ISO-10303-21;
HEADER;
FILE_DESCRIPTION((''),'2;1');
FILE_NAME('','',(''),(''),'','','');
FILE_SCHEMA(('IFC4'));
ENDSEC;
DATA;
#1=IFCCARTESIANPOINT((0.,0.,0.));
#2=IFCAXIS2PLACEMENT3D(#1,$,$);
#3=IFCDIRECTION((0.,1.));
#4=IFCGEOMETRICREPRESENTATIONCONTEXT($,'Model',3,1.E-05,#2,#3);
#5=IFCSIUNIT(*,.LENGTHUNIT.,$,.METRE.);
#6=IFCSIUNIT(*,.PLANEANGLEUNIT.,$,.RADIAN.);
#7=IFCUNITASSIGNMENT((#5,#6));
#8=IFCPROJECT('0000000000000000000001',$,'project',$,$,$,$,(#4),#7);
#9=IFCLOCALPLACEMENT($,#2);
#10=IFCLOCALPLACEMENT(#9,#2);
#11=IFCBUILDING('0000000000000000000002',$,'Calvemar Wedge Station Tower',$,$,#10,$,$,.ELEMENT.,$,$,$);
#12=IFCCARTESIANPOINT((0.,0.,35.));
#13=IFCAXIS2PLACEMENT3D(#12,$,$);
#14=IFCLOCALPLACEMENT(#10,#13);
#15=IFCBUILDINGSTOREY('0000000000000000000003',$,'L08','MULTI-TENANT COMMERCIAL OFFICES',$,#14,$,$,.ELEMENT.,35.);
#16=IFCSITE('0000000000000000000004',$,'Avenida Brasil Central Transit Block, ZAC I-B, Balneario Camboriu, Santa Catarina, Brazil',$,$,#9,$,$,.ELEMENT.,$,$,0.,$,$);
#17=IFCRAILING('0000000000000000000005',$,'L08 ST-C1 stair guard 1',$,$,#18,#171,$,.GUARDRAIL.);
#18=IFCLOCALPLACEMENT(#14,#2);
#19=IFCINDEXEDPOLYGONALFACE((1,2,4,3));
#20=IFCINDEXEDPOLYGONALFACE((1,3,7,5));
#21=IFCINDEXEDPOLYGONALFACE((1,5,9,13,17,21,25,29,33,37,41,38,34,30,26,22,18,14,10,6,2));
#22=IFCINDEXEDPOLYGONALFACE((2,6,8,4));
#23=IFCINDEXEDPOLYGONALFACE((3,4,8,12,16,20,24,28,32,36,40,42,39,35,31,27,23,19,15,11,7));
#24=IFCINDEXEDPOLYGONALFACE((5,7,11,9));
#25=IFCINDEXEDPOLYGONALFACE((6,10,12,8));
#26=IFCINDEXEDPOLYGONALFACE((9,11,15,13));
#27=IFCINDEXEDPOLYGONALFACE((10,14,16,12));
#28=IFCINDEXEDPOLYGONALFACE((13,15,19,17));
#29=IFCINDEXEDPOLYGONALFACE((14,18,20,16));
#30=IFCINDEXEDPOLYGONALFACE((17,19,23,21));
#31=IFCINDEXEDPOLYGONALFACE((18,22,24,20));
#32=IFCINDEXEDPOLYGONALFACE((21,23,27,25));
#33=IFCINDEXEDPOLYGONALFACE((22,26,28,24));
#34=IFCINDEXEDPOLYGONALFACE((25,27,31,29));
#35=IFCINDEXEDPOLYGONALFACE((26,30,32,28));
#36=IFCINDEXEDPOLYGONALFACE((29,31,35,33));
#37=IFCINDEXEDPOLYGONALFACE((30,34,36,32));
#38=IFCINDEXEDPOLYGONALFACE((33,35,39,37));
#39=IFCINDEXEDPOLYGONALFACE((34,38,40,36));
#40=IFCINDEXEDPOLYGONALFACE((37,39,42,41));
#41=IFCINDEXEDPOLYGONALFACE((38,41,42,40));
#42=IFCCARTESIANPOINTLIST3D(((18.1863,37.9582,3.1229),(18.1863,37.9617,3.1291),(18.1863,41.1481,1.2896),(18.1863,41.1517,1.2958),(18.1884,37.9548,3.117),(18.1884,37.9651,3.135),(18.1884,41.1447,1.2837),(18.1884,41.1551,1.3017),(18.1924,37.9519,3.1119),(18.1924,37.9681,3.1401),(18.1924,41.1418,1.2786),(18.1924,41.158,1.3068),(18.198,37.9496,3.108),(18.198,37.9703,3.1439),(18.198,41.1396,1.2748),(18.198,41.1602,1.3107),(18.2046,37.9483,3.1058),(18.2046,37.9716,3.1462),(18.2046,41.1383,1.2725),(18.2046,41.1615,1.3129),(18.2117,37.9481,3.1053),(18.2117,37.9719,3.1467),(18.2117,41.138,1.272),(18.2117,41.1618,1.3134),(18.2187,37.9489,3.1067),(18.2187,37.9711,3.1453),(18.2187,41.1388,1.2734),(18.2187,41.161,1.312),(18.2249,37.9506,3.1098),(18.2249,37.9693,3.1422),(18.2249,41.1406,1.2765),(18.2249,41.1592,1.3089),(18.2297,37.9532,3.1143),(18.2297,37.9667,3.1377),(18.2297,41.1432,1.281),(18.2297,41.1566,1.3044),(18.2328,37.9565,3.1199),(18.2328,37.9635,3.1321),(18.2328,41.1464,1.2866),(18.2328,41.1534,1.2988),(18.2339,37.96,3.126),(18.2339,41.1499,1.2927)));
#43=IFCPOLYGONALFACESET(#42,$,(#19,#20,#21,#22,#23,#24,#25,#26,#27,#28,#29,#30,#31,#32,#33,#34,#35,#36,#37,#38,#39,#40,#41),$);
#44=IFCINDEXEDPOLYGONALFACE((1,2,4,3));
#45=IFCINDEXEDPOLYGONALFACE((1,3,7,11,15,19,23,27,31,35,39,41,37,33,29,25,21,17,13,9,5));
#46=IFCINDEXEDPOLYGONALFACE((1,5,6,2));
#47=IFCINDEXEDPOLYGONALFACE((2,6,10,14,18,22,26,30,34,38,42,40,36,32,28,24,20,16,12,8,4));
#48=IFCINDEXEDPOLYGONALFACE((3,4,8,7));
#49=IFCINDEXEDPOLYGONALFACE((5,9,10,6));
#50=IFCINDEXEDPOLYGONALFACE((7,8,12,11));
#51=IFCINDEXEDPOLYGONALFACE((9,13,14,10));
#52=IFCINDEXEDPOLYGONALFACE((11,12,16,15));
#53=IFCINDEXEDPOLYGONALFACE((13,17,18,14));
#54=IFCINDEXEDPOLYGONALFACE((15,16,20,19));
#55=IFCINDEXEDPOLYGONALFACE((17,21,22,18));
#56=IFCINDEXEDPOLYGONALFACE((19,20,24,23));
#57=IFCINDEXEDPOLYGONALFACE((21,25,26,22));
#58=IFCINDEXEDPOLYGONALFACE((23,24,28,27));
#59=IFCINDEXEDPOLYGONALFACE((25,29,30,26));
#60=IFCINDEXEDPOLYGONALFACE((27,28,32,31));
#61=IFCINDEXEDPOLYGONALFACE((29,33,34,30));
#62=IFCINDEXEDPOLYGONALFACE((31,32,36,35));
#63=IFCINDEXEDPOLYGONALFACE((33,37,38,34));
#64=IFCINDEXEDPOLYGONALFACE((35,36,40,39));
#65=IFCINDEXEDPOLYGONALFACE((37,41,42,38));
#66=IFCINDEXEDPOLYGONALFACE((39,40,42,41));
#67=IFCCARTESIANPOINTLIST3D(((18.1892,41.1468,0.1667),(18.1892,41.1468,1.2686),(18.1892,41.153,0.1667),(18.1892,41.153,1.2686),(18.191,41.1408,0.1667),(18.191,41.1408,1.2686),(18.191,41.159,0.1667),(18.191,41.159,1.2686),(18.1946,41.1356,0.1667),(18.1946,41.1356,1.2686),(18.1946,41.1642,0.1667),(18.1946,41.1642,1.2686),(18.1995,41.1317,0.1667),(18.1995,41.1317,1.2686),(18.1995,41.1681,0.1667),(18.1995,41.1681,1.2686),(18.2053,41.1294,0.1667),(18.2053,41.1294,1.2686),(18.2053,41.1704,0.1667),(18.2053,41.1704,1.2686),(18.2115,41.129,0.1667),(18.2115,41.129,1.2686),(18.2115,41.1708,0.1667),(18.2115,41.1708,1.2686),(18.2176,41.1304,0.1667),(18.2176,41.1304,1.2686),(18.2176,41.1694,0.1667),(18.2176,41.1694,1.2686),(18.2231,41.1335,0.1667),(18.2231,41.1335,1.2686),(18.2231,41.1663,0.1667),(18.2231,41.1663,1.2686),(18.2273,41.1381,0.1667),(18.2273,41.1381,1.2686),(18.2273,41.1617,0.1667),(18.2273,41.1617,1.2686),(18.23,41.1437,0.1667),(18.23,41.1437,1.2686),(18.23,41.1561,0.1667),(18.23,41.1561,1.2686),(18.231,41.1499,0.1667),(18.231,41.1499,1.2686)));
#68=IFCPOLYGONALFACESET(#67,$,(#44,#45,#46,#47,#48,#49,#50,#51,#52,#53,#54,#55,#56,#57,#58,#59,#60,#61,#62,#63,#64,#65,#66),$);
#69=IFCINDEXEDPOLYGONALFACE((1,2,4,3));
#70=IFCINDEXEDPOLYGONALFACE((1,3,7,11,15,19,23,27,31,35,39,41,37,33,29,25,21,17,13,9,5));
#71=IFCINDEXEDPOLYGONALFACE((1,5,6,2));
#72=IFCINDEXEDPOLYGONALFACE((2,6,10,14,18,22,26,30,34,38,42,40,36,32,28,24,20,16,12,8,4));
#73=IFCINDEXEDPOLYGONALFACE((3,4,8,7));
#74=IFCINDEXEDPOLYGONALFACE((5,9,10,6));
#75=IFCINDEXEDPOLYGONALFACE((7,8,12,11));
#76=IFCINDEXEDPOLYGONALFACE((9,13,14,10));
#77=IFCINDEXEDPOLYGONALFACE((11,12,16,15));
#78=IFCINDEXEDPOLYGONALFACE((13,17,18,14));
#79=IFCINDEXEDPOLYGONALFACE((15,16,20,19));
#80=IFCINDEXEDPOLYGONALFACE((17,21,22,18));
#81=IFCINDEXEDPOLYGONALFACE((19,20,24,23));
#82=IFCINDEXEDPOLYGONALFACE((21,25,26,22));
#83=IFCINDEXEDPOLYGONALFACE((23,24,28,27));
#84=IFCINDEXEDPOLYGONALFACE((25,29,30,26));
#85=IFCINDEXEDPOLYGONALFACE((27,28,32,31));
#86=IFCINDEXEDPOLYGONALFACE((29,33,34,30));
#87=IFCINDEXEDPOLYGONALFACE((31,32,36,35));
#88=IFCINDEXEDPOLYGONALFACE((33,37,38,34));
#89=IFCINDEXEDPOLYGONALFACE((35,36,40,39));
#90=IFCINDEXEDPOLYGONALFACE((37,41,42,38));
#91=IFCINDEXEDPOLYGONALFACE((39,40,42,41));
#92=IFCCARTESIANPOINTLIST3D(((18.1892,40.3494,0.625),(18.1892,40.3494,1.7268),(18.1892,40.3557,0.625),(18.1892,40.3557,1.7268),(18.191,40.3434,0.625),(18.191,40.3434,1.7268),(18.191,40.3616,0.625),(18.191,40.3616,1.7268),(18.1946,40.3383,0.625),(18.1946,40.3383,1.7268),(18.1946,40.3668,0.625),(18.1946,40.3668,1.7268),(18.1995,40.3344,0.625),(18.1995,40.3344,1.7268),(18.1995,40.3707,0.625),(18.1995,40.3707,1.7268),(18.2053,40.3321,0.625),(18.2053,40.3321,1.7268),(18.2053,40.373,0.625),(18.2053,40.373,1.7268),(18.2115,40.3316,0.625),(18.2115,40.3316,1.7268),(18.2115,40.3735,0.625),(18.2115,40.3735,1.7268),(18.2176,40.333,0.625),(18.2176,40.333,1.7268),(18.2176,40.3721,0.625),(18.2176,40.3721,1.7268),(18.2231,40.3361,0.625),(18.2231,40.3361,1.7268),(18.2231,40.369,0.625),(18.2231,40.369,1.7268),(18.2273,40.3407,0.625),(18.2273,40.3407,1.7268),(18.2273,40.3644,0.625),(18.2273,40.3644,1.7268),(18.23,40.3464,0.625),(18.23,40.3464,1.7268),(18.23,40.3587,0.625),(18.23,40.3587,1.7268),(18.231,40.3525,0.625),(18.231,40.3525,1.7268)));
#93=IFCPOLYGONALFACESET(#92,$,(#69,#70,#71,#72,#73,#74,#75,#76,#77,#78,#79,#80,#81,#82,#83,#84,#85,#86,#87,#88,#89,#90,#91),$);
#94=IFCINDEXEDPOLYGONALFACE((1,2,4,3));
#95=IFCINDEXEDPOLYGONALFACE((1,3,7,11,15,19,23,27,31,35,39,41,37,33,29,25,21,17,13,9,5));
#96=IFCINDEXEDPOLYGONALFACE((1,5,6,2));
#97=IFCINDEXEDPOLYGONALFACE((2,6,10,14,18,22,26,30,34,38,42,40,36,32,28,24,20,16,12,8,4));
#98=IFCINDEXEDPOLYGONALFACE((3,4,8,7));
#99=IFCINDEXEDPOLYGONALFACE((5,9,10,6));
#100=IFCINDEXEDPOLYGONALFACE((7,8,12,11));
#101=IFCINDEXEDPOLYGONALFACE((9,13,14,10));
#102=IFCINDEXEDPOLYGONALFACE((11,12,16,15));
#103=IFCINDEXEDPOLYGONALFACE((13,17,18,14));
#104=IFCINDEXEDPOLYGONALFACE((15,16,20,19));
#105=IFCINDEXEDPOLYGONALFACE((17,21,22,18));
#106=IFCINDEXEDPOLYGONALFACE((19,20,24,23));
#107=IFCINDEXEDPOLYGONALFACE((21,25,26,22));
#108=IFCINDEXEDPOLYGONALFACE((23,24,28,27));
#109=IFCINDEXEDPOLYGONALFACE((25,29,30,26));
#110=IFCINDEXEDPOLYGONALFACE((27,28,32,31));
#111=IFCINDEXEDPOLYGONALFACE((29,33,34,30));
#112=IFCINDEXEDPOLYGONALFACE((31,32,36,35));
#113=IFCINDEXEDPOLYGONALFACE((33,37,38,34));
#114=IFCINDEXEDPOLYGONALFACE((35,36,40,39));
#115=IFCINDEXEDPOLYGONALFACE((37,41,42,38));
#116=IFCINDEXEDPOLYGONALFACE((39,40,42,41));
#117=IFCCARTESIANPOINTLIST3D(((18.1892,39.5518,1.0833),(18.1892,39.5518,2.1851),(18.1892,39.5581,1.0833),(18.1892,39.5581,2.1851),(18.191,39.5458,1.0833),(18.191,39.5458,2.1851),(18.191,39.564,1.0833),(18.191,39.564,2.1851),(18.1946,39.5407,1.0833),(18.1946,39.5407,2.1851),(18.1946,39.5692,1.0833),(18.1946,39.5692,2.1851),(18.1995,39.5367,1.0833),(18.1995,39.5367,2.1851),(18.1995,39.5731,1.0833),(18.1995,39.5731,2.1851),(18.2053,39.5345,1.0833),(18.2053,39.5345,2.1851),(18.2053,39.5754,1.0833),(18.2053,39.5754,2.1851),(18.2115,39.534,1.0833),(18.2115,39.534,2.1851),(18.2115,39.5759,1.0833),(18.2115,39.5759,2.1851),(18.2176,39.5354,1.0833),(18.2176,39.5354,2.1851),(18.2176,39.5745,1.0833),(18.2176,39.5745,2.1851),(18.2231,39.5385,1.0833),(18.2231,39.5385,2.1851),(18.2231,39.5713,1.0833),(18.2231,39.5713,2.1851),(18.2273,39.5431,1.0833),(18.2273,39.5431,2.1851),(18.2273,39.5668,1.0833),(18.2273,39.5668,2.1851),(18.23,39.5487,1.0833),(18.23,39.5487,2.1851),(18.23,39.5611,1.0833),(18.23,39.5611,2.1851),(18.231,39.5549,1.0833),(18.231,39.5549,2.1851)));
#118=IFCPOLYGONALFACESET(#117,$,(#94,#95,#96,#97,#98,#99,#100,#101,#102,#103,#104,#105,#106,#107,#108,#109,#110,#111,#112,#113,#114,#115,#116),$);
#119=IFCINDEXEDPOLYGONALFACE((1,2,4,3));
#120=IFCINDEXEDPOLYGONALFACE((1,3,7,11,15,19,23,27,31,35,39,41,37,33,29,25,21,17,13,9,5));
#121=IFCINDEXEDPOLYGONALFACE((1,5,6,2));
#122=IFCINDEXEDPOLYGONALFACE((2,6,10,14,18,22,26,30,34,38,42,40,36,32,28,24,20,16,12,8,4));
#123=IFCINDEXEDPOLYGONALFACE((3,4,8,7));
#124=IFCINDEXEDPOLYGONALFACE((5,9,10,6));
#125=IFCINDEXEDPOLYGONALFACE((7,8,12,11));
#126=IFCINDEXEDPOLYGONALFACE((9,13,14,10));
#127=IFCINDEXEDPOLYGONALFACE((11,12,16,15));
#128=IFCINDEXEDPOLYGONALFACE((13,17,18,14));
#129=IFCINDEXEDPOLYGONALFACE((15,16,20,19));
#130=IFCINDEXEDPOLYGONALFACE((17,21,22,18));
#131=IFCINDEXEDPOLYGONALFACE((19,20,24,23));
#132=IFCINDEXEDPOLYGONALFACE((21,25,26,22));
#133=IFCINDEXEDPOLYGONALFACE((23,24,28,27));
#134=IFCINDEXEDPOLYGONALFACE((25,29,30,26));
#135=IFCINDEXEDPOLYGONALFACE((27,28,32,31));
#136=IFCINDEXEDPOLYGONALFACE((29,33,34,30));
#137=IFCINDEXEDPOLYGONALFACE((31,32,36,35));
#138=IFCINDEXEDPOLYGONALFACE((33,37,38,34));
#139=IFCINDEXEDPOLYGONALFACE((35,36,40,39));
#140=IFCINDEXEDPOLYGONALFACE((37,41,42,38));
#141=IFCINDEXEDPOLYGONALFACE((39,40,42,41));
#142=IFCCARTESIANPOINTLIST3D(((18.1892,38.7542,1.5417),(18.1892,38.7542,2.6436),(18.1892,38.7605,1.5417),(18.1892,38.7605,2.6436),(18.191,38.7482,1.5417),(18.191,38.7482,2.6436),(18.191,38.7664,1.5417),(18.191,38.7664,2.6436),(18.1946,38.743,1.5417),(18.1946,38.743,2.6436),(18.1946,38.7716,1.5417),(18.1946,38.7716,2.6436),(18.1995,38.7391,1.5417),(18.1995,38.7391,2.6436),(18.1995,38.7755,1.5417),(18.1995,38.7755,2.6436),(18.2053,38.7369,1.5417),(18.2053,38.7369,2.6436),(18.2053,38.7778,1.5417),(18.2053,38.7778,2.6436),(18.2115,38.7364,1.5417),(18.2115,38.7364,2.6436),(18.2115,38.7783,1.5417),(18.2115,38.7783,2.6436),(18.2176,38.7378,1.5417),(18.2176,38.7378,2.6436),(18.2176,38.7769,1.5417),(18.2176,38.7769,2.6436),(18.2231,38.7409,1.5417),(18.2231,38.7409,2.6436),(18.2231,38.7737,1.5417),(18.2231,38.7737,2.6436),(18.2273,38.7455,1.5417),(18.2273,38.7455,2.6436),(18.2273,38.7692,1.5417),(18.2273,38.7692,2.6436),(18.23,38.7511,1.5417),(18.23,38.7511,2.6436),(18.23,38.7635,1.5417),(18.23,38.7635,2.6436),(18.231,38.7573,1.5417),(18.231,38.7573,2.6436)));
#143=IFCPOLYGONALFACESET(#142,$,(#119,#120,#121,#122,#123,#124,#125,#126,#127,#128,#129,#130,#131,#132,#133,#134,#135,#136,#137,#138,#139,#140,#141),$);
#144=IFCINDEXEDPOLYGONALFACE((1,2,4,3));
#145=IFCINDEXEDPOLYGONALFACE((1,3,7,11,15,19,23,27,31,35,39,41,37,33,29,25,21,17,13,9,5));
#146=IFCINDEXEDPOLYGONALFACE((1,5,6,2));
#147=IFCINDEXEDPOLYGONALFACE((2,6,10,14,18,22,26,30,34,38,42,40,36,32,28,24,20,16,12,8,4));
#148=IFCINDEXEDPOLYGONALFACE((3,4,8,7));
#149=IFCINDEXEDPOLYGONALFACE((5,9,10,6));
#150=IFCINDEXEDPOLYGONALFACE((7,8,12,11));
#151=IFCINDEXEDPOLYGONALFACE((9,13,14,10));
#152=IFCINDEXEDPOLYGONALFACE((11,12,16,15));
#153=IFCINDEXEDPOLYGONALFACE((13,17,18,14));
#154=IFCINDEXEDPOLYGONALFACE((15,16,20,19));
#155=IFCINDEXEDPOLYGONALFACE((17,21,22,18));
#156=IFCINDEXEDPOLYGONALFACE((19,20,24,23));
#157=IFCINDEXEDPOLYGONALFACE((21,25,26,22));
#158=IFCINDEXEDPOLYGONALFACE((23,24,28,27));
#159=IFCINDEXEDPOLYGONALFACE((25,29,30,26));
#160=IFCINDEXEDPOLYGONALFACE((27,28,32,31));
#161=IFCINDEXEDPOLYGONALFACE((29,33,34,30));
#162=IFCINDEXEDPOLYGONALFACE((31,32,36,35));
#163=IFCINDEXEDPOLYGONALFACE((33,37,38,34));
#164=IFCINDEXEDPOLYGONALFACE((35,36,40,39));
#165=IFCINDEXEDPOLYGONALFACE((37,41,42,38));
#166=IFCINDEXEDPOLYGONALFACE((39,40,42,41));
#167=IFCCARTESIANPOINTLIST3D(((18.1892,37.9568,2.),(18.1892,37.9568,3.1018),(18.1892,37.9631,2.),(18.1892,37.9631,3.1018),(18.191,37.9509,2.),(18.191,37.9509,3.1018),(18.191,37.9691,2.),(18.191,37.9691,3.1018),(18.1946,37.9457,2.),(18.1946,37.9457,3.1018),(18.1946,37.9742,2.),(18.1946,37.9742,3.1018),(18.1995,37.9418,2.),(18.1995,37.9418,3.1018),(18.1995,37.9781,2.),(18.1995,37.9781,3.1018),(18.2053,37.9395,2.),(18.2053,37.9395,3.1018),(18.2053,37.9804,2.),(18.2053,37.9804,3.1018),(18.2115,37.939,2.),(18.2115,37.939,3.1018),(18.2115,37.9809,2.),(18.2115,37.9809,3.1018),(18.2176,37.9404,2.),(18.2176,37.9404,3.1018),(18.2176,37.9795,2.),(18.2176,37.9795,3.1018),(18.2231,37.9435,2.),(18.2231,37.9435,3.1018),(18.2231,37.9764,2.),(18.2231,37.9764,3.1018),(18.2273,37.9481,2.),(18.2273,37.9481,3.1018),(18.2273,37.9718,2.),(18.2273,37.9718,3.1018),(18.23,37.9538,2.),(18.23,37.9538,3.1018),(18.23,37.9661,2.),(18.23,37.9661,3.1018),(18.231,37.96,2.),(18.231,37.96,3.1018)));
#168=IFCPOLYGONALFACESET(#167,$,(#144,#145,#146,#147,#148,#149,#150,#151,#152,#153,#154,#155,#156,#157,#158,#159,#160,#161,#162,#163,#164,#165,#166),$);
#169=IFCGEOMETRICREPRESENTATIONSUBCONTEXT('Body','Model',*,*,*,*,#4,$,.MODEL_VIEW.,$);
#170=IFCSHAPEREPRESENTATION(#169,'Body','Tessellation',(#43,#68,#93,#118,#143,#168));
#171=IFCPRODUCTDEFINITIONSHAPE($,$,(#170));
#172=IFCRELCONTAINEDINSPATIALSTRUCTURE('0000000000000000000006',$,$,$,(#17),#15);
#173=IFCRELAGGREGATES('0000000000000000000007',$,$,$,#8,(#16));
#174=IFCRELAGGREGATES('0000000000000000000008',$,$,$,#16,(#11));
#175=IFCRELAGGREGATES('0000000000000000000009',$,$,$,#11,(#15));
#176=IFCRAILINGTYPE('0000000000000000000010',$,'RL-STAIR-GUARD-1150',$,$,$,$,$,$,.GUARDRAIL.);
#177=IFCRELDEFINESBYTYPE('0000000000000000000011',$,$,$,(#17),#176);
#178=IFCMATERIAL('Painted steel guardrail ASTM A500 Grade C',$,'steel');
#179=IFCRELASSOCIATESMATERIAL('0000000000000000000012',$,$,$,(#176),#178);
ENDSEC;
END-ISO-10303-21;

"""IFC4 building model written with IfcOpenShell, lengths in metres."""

from ifc_helpers import new_model, si_unit, direction, frame, origin, origin_2d, place, context, subcontext, project, spatial, circle, extrude, material, type_object, element, save


model = new_model("IFC4")

# Units and contexts
model_context = context("Model", 3, precision=1e-05, world=origin(), true_north=direction((0.0, 1.0)))
body_context = subcontext(model_context, "Body", "Model", "MODEL_VIEW")
ifc_project = project(units=[si_unit("LENGTHUNIT", "METRE"), si_unit("PLANEANGLEUNIT", "RADIAN")], contexts=[model_context])

# Site, building, storey
site_placement = place(None, origin())
site = spatial("IfcSite", under=ifc_project, at=site_placement, Name="Avenida Brasil Central Transit Block, ZAC I-B, Balneario Camboriu, Santa Catarina, Brazil", CompositionType="ELEMENT", RefElevation=0.0)
building_placement = place(site_placement, origin())
building = spatial("IfcBuilding", under=site, at=building_placement, Name="Calvemar Wedge Station Tower", CompositionType="ELEMENT")
storey_placement = place(building_placement, frame((0.0, 0.0, 35.0)))
storey = spatial("IfcBuildingStorey", under=building, at=storey_placement, Name="L08", Description="MULTI-TENANT COMMERCIAL OFFICES", CompositionType="ELEMENT", Elevation=35.0)

# Railing
ifc_material_1 = material(Name="Painted steel guardrail ASTM A500 Grade C", Category="steel")
railing_type_1 = type_object("IfcRailingType", Name="RL-STAIR-GUARD-1150", PredefinedType="GUARDRAIL", material=ifc_material_1)
railing_1_placement = place(storey_placement, frame((18.21, 41.1499, 0.1667)))
element("IfcRailing", 1, at=railing_1_placement, inside=storey, type_object=railing_type_1, Name="L08 ST-C1 stair guard 1", PredefinedType="GUARDRAIL", context=body_context, shape_type="SweptSolid", body=[
    extrude(circle(Radius=0.0239, at=origin_2d()), frame((0.0, 0.0, 1.126), z_axis=(0.0, -0.86702, 0.498274), x_axis=(1.0, 0.0, 0.0)), (0.0, 0.0, 1.0), 3.6792),
    extrude(circle(Radius=0.021, at=origin_2d()), origin(), (0.0, 0.0, 1.0), 1.1018),
    extrude(circle(Radius=0.021, at=origin_2d()), frame((0.0, -0.7974, 0.4583)), (0.0, 0.0, 1.0), 1.1018),
    extrude(circle(Radius=0.021, at=origin_2d()), frame((0.0, -1.595, 0.9165)), (0.0, 0.0, 1.0), 1.1018),
    extrude(circle(Radius=0.021, at=origin_2d()), frame((0.0, -2.3926, 1.375)), (0.0, 0.0, 1.0), 1.1018),
    extrude(circle(Radius=0.021, at=origin_2d()), frame((0.0, -3.1899, 1.8333)), (0.0, 0.0, 1.0), 1.1018),
])

save(model, "model.ifc")
